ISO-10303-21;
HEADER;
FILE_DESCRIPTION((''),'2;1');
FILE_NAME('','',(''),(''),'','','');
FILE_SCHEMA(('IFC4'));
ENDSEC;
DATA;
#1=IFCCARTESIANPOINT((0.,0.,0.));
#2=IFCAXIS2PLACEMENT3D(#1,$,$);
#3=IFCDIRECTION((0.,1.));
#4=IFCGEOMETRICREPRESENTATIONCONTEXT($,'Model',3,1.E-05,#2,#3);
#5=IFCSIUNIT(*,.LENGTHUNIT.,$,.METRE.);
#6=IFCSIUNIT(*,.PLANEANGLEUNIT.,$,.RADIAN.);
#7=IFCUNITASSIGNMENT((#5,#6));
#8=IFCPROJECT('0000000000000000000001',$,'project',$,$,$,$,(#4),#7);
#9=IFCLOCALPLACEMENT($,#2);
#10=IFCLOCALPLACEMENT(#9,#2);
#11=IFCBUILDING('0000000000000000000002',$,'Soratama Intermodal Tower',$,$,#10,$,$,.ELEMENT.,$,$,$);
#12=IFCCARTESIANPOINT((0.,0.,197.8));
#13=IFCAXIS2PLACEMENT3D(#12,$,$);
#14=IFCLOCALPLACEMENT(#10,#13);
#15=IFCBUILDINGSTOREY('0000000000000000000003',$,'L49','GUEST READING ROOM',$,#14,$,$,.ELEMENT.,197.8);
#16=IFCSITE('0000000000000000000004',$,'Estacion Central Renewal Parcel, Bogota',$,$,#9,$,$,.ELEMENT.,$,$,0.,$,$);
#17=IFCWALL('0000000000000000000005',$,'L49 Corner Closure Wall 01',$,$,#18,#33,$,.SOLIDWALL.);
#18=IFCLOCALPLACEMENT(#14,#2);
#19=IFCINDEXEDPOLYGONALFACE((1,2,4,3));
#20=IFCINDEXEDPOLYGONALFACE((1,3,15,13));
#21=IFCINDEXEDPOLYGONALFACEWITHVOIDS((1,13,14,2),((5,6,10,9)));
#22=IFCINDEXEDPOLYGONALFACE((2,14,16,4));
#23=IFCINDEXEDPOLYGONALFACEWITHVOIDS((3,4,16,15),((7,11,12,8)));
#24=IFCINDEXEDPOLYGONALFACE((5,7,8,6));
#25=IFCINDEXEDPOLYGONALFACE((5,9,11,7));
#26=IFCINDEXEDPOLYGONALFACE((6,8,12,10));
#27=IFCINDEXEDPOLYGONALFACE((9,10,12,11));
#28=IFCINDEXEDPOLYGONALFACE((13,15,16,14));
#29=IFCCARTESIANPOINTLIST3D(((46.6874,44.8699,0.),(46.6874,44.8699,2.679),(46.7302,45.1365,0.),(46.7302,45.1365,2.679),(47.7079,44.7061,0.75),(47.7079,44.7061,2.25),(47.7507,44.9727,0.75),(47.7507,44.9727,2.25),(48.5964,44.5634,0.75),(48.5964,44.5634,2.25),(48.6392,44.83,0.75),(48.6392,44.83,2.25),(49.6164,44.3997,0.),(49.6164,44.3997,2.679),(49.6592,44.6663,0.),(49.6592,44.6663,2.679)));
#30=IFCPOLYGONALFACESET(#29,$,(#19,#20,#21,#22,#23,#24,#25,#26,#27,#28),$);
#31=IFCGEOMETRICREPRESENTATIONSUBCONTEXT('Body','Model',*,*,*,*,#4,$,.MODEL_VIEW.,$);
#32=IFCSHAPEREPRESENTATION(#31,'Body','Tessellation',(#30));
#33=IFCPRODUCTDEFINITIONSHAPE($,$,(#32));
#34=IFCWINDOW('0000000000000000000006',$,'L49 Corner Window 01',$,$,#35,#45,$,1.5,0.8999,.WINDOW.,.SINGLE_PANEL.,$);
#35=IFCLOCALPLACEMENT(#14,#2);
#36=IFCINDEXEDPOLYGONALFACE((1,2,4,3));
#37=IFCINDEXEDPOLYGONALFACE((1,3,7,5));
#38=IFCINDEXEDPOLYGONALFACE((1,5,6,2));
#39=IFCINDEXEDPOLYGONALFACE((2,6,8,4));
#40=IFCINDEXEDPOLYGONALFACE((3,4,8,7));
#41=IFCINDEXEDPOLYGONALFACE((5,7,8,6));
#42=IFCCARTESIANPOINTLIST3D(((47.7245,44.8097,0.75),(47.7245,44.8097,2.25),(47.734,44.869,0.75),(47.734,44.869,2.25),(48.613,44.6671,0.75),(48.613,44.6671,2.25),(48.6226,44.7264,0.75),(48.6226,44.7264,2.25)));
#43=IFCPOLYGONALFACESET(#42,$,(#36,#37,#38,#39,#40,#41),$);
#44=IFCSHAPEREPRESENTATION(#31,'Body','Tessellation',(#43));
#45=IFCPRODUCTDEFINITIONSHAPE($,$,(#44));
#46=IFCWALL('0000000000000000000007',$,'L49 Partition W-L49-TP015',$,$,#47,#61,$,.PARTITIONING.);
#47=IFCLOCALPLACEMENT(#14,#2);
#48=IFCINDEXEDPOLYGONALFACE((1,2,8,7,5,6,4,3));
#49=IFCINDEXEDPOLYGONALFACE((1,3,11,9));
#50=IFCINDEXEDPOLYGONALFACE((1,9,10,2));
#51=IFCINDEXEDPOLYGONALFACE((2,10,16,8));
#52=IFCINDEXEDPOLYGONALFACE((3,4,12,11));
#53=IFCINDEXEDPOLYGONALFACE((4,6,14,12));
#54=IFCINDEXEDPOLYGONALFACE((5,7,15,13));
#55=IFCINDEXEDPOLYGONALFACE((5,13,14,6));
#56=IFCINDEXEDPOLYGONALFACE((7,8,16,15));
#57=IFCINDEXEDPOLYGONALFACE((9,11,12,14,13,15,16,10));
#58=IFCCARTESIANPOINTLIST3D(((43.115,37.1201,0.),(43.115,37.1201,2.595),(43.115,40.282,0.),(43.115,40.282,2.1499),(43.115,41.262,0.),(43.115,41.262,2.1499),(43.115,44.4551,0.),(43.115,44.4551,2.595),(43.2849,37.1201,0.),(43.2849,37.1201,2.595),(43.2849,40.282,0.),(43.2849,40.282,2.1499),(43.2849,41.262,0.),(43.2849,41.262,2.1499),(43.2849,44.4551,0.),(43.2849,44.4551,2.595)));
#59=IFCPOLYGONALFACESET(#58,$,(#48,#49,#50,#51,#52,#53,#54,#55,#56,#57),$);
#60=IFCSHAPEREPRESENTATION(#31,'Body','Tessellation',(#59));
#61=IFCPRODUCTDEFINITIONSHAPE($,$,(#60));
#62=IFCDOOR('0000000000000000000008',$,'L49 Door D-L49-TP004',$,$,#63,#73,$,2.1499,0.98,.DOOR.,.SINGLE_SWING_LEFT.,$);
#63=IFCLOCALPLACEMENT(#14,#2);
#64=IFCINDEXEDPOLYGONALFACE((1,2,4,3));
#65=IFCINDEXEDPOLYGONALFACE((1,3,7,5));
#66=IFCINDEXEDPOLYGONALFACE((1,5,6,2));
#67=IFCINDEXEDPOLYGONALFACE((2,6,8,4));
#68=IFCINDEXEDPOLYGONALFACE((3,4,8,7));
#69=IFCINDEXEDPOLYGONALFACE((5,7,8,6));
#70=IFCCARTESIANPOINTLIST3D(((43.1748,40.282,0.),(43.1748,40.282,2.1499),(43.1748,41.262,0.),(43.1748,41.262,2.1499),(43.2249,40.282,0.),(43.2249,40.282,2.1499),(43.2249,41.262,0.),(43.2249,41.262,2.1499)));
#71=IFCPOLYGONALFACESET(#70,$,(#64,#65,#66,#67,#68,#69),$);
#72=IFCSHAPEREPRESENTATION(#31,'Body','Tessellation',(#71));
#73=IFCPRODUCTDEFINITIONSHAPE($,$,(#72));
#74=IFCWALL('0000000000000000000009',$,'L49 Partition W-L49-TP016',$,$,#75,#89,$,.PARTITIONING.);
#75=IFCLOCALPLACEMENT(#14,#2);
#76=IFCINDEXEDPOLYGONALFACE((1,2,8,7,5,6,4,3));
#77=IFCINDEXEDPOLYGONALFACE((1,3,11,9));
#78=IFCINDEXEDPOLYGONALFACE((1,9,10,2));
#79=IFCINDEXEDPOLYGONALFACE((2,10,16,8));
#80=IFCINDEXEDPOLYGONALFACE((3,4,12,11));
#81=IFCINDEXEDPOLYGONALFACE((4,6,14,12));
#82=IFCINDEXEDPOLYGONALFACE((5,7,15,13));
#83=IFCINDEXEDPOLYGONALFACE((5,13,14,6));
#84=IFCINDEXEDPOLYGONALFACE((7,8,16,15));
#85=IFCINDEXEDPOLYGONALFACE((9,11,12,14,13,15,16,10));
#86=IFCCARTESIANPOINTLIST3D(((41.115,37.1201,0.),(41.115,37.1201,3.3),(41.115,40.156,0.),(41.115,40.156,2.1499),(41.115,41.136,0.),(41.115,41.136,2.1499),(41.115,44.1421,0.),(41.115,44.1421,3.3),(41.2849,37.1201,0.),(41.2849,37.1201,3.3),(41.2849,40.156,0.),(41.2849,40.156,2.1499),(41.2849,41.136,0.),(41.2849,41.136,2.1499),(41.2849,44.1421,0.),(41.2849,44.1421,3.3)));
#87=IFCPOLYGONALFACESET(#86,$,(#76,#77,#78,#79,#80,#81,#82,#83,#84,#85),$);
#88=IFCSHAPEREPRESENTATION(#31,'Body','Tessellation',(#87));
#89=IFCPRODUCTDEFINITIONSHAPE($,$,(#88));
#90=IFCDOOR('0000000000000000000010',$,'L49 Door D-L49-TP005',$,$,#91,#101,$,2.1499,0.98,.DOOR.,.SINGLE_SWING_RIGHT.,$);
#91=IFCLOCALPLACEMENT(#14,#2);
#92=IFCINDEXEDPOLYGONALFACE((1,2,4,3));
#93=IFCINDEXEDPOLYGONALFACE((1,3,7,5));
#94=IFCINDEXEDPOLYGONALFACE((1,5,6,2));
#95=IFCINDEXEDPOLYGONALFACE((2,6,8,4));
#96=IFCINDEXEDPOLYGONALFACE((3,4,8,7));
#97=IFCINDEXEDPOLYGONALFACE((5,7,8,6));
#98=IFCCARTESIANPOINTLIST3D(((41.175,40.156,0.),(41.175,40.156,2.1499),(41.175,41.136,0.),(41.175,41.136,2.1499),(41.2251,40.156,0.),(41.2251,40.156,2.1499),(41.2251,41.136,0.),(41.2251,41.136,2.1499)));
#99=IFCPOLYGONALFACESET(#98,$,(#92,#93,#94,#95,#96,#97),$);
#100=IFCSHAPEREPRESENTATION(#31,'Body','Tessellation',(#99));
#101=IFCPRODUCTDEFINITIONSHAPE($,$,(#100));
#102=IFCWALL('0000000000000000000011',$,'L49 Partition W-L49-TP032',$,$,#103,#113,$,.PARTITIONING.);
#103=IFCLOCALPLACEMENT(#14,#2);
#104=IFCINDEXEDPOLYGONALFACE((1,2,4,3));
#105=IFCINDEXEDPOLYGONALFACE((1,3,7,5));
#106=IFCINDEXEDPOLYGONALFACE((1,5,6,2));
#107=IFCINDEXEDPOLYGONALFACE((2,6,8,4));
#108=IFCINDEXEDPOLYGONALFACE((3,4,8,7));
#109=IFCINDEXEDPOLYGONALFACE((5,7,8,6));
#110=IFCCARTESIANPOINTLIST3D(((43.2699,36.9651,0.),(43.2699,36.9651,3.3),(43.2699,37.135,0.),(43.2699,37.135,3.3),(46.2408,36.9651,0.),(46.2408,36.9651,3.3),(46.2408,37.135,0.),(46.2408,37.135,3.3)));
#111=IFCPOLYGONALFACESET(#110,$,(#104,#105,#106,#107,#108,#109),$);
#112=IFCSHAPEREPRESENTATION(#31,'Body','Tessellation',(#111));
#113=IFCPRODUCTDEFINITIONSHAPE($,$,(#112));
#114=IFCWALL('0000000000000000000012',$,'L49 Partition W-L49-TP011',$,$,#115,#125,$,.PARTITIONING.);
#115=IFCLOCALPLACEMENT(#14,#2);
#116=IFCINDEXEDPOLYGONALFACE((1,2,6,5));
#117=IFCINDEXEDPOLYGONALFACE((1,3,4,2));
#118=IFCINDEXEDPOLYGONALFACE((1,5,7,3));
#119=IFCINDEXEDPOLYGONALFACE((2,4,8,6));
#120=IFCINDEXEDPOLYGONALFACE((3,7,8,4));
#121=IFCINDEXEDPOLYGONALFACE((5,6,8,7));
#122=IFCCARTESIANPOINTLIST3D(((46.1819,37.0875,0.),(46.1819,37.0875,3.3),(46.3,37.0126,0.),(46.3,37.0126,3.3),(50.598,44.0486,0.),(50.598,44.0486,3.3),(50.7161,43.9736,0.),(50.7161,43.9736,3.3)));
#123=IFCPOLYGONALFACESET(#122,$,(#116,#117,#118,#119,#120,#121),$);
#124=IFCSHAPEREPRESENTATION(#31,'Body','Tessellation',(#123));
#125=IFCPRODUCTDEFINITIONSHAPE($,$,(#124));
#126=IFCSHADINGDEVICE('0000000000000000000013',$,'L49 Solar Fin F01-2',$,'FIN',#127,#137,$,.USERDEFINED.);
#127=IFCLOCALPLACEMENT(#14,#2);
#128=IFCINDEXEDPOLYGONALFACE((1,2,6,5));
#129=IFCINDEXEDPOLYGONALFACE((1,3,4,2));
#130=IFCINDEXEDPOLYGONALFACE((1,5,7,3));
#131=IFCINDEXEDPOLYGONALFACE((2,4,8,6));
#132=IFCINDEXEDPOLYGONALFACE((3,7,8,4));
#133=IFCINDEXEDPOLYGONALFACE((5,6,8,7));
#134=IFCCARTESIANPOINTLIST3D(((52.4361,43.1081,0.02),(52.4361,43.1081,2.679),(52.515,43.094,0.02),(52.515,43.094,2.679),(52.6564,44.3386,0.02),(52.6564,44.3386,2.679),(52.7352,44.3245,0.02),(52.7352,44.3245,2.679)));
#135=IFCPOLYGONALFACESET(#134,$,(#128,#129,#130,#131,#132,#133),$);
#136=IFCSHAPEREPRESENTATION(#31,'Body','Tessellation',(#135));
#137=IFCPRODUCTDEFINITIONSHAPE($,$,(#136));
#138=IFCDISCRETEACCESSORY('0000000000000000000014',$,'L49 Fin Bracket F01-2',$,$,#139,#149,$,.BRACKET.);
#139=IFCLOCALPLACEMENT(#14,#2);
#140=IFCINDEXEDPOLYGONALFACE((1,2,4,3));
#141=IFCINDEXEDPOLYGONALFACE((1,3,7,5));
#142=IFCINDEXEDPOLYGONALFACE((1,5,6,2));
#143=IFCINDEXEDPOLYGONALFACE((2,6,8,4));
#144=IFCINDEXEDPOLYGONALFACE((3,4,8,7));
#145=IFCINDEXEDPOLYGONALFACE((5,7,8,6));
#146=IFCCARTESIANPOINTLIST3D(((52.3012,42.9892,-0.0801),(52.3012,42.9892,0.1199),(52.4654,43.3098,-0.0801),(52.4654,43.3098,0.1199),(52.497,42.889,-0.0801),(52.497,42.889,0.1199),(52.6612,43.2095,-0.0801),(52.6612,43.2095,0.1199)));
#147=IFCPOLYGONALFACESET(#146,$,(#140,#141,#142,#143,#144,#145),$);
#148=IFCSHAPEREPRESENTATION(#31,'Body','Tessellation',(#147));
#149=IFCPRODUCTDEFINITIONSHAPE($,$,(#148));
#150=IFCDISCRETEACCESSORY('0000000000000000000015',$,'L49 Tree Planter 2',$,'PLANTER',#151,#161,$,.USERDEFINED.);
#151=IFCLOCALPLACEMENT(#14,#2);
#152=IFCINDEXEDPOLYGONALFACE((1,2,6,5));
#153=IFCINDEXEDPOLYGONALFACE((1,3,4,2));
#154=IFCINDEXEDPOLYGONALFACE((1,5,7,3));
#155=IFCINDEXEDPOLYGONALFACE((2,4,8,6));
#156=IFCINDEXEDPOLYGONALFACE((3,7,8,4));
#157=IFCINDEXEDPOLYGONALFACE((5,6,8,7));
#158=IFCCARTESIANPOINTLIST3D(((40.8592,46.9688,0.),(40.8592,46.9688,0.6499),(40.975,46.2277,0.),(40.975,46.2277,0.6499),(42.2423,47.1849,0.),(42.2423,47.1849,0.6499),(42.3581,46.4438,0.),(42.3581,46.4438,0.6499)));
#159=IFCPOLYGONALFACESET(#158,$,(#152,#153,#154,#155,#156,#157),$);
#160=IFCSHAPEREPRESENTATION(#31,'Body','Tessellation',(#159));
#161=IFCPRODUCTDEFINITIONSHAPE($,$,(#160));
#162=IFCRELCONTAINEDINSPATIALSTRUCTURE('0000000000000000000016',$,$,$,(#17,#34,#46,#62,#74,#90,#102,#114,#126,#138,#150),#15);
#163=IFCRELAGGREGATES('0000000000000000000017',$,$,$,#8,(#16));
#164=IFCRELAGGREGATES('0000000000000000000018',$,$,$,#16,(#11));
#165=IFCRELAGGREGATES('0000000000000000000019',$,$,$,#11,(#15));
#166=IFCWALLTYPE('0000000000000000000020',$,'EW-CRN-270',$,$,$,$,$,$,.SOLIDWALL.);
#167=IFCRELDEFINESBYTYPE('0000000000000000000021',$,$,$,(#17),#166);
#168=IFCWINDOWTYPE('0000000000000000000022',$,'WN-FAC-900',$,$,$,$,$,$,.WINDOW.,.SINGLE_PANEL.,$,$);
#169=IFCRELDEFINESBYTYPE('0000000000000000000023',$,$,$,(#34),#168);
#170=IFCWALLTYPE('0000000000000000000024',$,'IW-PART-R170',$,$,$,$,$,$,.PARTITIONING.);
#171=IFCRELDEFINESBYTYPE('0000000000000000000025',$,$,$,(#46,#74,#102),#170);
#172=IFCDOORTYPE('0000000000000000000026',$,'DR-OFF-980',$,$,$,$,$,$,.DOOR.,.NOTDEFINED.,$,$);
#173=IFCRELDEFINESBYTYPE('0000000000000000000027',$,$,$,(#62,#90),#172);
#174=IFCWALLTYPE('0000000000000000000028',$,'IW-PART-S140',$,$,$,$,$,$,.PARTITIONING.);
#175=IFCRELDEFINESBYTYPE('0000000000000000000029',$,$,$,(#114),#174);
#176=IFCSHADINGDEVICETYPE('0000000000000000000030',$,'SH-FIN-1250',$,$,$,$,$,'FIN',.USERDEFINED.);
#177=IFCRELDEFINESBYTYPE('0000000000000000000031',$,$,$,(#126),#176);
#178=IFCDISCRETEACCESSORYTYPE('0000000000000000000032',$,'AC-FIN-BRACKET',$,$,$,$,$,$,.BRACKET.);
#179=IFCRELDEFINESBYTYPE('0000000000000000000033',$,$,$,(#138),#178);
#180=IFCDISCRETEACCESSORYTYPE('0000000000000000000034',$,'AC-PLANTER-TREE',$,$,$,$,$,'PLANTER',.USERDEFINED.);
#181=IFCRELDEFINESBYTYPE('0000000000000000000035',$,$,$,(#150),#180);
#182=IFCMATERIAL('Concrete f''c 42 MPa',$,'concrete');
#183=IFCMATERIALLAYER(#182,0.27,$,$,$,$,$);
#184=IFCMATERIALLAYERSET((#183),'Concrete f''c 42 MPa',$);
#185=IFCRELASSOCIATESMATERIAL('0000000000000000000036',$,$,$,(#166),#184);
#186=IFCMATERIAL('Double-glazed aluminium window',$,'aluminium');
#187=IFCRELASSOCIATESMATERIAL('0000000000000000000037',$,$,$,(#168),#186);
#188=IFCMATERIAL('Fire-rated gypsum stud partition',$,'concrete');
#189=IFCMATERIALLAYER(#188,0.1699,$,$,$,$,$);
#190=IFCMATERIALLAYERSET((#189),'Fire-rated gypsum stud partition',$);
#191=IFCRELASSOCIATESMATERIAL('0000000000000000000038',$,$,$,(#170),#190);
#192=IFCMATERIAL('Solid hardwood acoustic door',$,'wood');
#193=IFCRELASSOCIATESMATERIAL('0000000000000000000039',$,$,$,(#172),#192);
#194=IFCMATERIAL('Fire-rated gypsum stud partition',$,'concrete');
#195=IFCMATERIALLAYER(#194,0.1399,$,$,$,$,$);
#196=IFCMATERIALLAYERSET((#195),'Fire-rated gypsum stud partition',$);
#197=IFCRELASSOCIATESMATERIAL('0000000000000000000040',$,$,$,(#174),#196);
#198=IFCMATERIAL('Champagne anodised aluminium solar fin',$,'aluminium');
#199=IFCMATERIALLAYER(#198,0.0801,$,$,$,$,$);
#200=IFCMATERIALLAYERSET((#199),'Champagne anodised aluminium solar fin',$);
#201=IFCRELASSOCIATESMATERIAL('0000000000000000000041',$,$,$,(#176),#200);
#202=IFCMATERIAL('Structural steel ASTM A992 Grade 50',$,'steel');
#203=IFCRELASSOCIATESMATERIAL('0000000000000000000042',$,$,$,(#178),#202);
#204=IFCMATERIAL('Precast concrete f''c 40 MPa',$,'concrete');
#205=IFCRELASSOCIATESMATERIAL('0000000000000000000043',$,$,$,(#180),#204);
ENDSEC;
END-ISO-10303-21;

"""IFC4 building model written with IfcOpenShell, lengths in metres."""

from ifc_helpers import new_model, si_unit, direction, frame, frame_2d, origin, origin_2d, place, context, subcontext, project, spatial, rectangle, extrude, material, layer, layer_set, type_object, element, fill, save


model = new_model("IFC4")

# Units and contexts
model_context = context("Model", 3, precision=1e-05, world=origin(), true_north=direction((0.0, 1.0)))
body_context = subcontext(model_context, "Body", "Model", "MODEL_VIEW")
ifc_project = project(units=[si_unit("LENGTHUNIT", "METRE"), si_unit("PLANEANGLEUNIT", "RADIAN")], contexts=[model_context])

# Site, building, storey
site_placement = place(None, origin())
site = spatial("IfcSite", under=ifc_project, at=site_placement, Name="Estacion Central Renewal Parcel, Bogota", CompositionType="ELEMENT", RefElevation=0.0)
building_placement = place(site_placement, origin())
building = spatial("IfcBuilding", under=site, at=building_placement, Name="Soratama Intermodal Tower", CompositionType="ELEMENT")
storey_placement = place(building_placement, frame((0.0, 0.0, 197.8)))
storey = spatial("IfcBuildingStorey", under=building, at=storey_placement, Name="L49", Description="GUEST READING ROOM", CompositionType="ELEMENT", Elevation=197.8)

# Wall, opening, window
ifc_material_1 = material(Name="Concrete f'c 42 MPa", Category="concrete")
ifc_layer_1 = layer(ifc_material_1, 0.27)
ifc_layer_set_1 = layer_set([ifc_layer_1], Name="Concrete f'c 42 MPa")
wall_type_1 = type_object("IfcWallType", Name="EW-CRN-270", PredefinedType="SOLIDWALL", material=ifc_layer_set_1)
wall_1_placement = place(storey_placement, frame((49.6379, 44.533, 0.0), z_axis=(0.0, 0.0, 1.0), x_axis=(-0.987357, 0.15851, 0.0)))
wall_1 = element("IfcWall", 1, at=wall_1_placement, inside=storey, type_object=wall_type_1, Name="L49 Corner Closure Wall 01", PredefinedType="SOLIDWALL", context=body_context, shape_type="SweptSolid", body=[
    extrude(rectangle(XDim=2.9666, YDim=0.27, at=frame_2d((1.4834, 0.0))), origin(), (0.0, 0.0, 1.0), 2.679),
])
opening_1_placement = place(wall_1_placement, frame((1.0332, 0.0, 0.75)))
opening_1 = element("IfcOpeningElement", 2, at=opening_1_placement, cuts=wall_1, PredefinedType="OPENING", context=body_context, shape_type="SweptSolid", body=[
    extrude(rectangle(XDim=0.8999, YDim=1.5, at=frame_2d((0.45, 0.75))), frame((0.0, 0.145, 0.0), z_axis=(0.0, -1.0, 0.0), x_axis=(1.0, 0.0, 0.0)), (0.0, 0.0, 1.0), 0.29),
])
ifc_material_2 = material(Name="Double-glazed aluminium window", Category="aluminium")
window_type_1 = type_object("IfcWindowType", Name="WN-FAC-900", PartitioningType="SINGLE_PANEL", PredefinedType="WINDOW", material=ifc_material_2)
window_1_placement = place(opening_1_placement, origin())
window_1 = element("IfcWindow", 3, at=window_1_placement, inside=storey, type_object=window_type_1, Name="L49 Corner Window 01", OverallHeight=1.5, OverallWidth=0.8999, PartitioningType="SINGLE_PANEL", PredefinedType="WINDOW", context=body_context, shape_type="SweptSolid", body=[
    extrude(rectangle(XDim=0.8999, YDim=1.5, at=frame_2d((0.45, 0.75))), frame((0.0, 0.03, 0.0), z_axis=(0.0, -1.0, 0.0), x_axis=(1.0, 0.0, 0.0)), (0.0, 0.0, 1.0), 0.0601),
])
fill(opening_1, window_1)

# Walls, openings, doors
ifc_material_3 = material(Name="Fire-rated gypsum stud partition", Category="concrete")
ifc_layer_2 = layer(ifc_material_3, 0.1699)
ifc_layer_set_2 = layer_set([ifc_layer_2], Name="Fire-rated gypsum stud partition")
wall_type_2 = type_object("IfcWallType", Name="IW-PART-R170", PredefinedType="PARTITIONING", material=ifc_layer_set_2)
wall_2_placement = place(storey_placement, frame((43.2, 44.4551, 0.0), z_axis=(0.0, 0.0, 1.0), x_axis=(0.0, -1.0, 0.0)))
wall_2 = element("IfcWall", 4, at=wall_2_placement, inside=storey, type_object=wall_type_2, Name="L49 Partition W-L49-TP015", PredefinedType="PARTITIONING", context=body_context, shape_type="SweptSolid", body=[
    extrude(rectangle(XDim=7.335, YDim=0.1699, at=frame_2d((3.6675, 0.0))), origin(), (0.0, 0.0, 1.0), 2.595),
])
opening_2_placement = place(wall_2_placement, frame((3.1931, 0.0, 0.0)))
opening_2 = element("IfcOpeningElement", 5, at=opening_2_placement, cuts=wall_2, PredefinedType="OPENING", context=body_context, shape_type="SweptSolid", body=[
    extrude(rectangle(XDim=0.98, YDim=2.1499, at=frame_2d((0.49, 1.075))), frame((0.0, 0.095, 0.0), z_axis=(0.0, -1.0, 0.0), x_axis=(1.0, 0.0, 0.0)), (0.0, 0.0, 1.0), 0.1899),
])
ifc_material_4 = material(Name="Solid hardwood acoustic door", Category="wood")
door_type_1 = type_object("IfcDoorType", Name="DR-OFF-980", OperationType="NOTDEFINED", PredefinedType="DOOR", material=ifc_material_4)
door_1_placement = place(opening_2_placement, origin())
door_1 = element("IfcDoor", 6, at=door_1_placement, inside=storey, type_object=door_type_1, Name="L49 Door D-L49-TP004", OperationType="SINGLE_SWING_LEFT", OverallHeight=2.1499, OverallWidth=0.98, PredefinedType="DOOR", context=body_context, shape_type="SweptSolid", body=[
    extrude(rectangle(XDim=0.98, YDim=2.1499, at=frame_2d((0.49, 1.075))), frame((0.0, 0.0249, 0.0), z_axis=(0.0, -1.0, 0.0), x_axis=(1.0, 0.0, 0.0)), (0.0, 0.0, 1.0), 0.05),
])
fill(opening_2, door_1)
wall_3_placement = place(storey_placement, frame((41.2, 37.1201, 0.0), z_axis=(0.0, 0.0, 1.0), x_axis=(0.0, 1.0, 0.0)))
wall_3 = element("IfcWall", 7, at=wall_3_placement, inside=storey, type_object=wall_type_2, Name="L49 Partition W-L49-TP016", PredefinedType="PARTITIONING", context=body_context, shape_type="SweptSolid", body=[
    extrude(rectangle(XDim=7.022, YDim=0.1699, at=frame_2d((3.511, 0.0))), origin(), (0.0, 0.0, 1.0), 3.3),
])
opening_3_placement = place(wall_3_placement, frame((3.0359, 0.0, 0.0)))
opening_3 = element("IfcOpeningElement", 8, at=opening_3_placement, cuts=wall_3, PredefinedType="OPENING", context=body_context, shape_type="SweptSolid", body=[
    extrude(rectangle(XDim=0.98, YDim=2.1499, at=frame_2d((0.49, 1.075))), frame((0.0, 0.095, 0.0), z_axis=(0.0, -1.0, 0.0), x_axis=(1.0, 0.0, 0.0)), (0.0, 0.0, 1.0), 0.1899),
])
door_2_placement = place(opening_3_placement, origin())
door_2 = element("IfcDoor", 9, at=door_2_placement, inside=storey, type_object=door_type_1, Name="L49 Door D-L49-TP005", OperationType="SINGLE_SWING_RIGHT", OverallHeight=2.1499, OverallWidth=0.98, PredefinedType="DOOR", context=body_context, shape_type="SweptSolid", body=[
    extrude(rectangle(XDim=0.98, YDim=2.1499, at=frame_2d((0.49, 1.075))), frame((0.0, 0.0249, 0.0), z_axis=(0.0, -1.0, 0.0), x_axis=(1.0, 0.0, 0.0)), (0.0, 0.0, 1.0), 0.05),
])
fill(opening_3, door_2)

# Walls
wall_4_placement = place(storey_placement, frame((43.27, 37.05, 0.0), z_axis=(0.0, 0.0, 1.0), x_axis=(1.0, 0.0, 0.0)))
element("IfcWall", 10, at=wall_4_placement, inside=storey, type_object=wall_type_2, Name="L49 Partition W-L49-TP032", PredefinedType="PARTITIONING", context=body_context, shape_type="SweptSolid", body=[
    extrude(rectangle(XDim=2.9709, YDim=0.1699, at=frame_2d((1.4854, 0.0))), origin(), (0.0, 0.0, 1.0), 3.3),
])
ifc_material_5 = material(Name="Fire-rated gypsum stud partition", Category="concrete")
ifc_layer_3 = layer(ifc_material_5, 0.1399)
ifc_layer_set_3 = layer_set([ifc_layer_3], Name="Fire-rated gypsum stud partition")
wall_type_3 = type_object("IfcWallType", Name="IW-PART-S140", PredefinedType="PARTITIONING", material=ifc_layer_set_3)
wall_5_placement = place(storey_placement, frame((46.241, 37.05, 0.0), z_axis=(0.0, 0.0, 1.0), x_axis=(0.535695, 0.844412, 0.0)))
element("IfcWall", 11, at=wall_5_placement, inside=storey, type_object=wall_type_3, Name="L49 Partition W-L49-TP011", PredefinedType="PARTITIONING", context=body_context, shape_type="SweptSolid", body=[
    extrude(rectangle(XDim=8.2437, YDim=0.1399, at=frame_2d((4.1218, 0.0))), origin(), (0.0, 0.0, 1.0), 3.3),
])

# Shading device
ifc_material_6 = material(Name="Champagne anodised aluminium solar fin", Category="aluminium")
ifc_layer_4 = layer(ifc_material_6, 0.0801)
ifc_layer_set_4 = layer_set([ifc_layer_4], Name="Champagne anodised aluminium solar fin")
shading_device_type = type_object("IfcShadingDeviceType", Name="SH-FIN-1250", ElementType="FIN", PredefinedType="USERDEFINED", material=ifc_layer_set_4)
shading_device_placement = place(storey_placement, frame((52.5857, 43.7163, 0.02), z_axis=(0.0, 0.0, 1.0), x_axis=(0.176226, 0.98435, 0.0)))
element("IfcShadingDevice", 12, at=shading_device_placement, inside=storey, type_object=shading_device_type, Name="L49 Solar Fin F01-2", ObjectType="FIN", PredefinedType="USERDEFINED", context=body_context, shape_type="SweptSolid", body=[
    extrude(rectangle(XDim=1.25, YDim=0.0801, at=origin_2d()), origin(), (0.0, 0.0, 1.0), 2.6589),
])

# Discrete accessories
ifc_material_7 = material(Name="Structural steel ASTM A992 Grade 50", Category="steel")
discrete_accessory_type_1 = type_object("IfcDiscreteAccessoryType", Name="AC-FIN-BRACKET", PredefinedType="BRACKET", material=ifc_material_7)
discrete_accessory_1_placement = place(storey_placement, frame((52.4812, 43.0994, -0.0801), z_axis=(0.0, 0.0, 1.0), x_axis=(0.455856, 0.890054, 0.0)))
element("IfcDiscreteAccessory", 13, at=discrete_accessory_1_placement, inside=storey, type_object=discrete_accessory_type_1, Name="L49 Fin Bracket F01-2", PredefinedType="BRACKET", context=body_context, shape_type="SweptSolid", body=[
    extrude(rectangle(XDim=0.3601, YDim=0.22, at=origin_2d()), origin(), (0.0, 0.0, 1.0), 0.2),
])
ifc_material_8 = material(Name="Precast concrete f'c 40 MPa", Category="concrete")
discrete_accessory_type_2 = type_object("IfcDiscreteAccessoryType", Name="AC-PLANTER-TREE", ElementType="PLANTER", PredefinedType="USERDEFINED", material=ifc_material_8)
discrete_accessory_2_placement = place(storey_placement, frame((41.6086, 46.7063, 0.0), z_axis=(0.0, 0.0, 1.0), x_axis=(-0.154366, 0.988014, 0.0)))
element("IfcDiscreteAccessory", 14, at=discrete_accessory_2_placement, inside=storey, type_object=discrete_accessory_type_2, Name="L49 Tree Planter 2", ObjectType="PLANTER", PredefinedType="USERDEFINED", context=body_context, shape_type="SweptSolid", body=[
    extrude(rectangle(XDim=0.75, YDim=1.3999, at=origin_2d()), origin(), (0.0, 0.0, 1.0), 0.6499),
])

save(model, "model.ifc")
